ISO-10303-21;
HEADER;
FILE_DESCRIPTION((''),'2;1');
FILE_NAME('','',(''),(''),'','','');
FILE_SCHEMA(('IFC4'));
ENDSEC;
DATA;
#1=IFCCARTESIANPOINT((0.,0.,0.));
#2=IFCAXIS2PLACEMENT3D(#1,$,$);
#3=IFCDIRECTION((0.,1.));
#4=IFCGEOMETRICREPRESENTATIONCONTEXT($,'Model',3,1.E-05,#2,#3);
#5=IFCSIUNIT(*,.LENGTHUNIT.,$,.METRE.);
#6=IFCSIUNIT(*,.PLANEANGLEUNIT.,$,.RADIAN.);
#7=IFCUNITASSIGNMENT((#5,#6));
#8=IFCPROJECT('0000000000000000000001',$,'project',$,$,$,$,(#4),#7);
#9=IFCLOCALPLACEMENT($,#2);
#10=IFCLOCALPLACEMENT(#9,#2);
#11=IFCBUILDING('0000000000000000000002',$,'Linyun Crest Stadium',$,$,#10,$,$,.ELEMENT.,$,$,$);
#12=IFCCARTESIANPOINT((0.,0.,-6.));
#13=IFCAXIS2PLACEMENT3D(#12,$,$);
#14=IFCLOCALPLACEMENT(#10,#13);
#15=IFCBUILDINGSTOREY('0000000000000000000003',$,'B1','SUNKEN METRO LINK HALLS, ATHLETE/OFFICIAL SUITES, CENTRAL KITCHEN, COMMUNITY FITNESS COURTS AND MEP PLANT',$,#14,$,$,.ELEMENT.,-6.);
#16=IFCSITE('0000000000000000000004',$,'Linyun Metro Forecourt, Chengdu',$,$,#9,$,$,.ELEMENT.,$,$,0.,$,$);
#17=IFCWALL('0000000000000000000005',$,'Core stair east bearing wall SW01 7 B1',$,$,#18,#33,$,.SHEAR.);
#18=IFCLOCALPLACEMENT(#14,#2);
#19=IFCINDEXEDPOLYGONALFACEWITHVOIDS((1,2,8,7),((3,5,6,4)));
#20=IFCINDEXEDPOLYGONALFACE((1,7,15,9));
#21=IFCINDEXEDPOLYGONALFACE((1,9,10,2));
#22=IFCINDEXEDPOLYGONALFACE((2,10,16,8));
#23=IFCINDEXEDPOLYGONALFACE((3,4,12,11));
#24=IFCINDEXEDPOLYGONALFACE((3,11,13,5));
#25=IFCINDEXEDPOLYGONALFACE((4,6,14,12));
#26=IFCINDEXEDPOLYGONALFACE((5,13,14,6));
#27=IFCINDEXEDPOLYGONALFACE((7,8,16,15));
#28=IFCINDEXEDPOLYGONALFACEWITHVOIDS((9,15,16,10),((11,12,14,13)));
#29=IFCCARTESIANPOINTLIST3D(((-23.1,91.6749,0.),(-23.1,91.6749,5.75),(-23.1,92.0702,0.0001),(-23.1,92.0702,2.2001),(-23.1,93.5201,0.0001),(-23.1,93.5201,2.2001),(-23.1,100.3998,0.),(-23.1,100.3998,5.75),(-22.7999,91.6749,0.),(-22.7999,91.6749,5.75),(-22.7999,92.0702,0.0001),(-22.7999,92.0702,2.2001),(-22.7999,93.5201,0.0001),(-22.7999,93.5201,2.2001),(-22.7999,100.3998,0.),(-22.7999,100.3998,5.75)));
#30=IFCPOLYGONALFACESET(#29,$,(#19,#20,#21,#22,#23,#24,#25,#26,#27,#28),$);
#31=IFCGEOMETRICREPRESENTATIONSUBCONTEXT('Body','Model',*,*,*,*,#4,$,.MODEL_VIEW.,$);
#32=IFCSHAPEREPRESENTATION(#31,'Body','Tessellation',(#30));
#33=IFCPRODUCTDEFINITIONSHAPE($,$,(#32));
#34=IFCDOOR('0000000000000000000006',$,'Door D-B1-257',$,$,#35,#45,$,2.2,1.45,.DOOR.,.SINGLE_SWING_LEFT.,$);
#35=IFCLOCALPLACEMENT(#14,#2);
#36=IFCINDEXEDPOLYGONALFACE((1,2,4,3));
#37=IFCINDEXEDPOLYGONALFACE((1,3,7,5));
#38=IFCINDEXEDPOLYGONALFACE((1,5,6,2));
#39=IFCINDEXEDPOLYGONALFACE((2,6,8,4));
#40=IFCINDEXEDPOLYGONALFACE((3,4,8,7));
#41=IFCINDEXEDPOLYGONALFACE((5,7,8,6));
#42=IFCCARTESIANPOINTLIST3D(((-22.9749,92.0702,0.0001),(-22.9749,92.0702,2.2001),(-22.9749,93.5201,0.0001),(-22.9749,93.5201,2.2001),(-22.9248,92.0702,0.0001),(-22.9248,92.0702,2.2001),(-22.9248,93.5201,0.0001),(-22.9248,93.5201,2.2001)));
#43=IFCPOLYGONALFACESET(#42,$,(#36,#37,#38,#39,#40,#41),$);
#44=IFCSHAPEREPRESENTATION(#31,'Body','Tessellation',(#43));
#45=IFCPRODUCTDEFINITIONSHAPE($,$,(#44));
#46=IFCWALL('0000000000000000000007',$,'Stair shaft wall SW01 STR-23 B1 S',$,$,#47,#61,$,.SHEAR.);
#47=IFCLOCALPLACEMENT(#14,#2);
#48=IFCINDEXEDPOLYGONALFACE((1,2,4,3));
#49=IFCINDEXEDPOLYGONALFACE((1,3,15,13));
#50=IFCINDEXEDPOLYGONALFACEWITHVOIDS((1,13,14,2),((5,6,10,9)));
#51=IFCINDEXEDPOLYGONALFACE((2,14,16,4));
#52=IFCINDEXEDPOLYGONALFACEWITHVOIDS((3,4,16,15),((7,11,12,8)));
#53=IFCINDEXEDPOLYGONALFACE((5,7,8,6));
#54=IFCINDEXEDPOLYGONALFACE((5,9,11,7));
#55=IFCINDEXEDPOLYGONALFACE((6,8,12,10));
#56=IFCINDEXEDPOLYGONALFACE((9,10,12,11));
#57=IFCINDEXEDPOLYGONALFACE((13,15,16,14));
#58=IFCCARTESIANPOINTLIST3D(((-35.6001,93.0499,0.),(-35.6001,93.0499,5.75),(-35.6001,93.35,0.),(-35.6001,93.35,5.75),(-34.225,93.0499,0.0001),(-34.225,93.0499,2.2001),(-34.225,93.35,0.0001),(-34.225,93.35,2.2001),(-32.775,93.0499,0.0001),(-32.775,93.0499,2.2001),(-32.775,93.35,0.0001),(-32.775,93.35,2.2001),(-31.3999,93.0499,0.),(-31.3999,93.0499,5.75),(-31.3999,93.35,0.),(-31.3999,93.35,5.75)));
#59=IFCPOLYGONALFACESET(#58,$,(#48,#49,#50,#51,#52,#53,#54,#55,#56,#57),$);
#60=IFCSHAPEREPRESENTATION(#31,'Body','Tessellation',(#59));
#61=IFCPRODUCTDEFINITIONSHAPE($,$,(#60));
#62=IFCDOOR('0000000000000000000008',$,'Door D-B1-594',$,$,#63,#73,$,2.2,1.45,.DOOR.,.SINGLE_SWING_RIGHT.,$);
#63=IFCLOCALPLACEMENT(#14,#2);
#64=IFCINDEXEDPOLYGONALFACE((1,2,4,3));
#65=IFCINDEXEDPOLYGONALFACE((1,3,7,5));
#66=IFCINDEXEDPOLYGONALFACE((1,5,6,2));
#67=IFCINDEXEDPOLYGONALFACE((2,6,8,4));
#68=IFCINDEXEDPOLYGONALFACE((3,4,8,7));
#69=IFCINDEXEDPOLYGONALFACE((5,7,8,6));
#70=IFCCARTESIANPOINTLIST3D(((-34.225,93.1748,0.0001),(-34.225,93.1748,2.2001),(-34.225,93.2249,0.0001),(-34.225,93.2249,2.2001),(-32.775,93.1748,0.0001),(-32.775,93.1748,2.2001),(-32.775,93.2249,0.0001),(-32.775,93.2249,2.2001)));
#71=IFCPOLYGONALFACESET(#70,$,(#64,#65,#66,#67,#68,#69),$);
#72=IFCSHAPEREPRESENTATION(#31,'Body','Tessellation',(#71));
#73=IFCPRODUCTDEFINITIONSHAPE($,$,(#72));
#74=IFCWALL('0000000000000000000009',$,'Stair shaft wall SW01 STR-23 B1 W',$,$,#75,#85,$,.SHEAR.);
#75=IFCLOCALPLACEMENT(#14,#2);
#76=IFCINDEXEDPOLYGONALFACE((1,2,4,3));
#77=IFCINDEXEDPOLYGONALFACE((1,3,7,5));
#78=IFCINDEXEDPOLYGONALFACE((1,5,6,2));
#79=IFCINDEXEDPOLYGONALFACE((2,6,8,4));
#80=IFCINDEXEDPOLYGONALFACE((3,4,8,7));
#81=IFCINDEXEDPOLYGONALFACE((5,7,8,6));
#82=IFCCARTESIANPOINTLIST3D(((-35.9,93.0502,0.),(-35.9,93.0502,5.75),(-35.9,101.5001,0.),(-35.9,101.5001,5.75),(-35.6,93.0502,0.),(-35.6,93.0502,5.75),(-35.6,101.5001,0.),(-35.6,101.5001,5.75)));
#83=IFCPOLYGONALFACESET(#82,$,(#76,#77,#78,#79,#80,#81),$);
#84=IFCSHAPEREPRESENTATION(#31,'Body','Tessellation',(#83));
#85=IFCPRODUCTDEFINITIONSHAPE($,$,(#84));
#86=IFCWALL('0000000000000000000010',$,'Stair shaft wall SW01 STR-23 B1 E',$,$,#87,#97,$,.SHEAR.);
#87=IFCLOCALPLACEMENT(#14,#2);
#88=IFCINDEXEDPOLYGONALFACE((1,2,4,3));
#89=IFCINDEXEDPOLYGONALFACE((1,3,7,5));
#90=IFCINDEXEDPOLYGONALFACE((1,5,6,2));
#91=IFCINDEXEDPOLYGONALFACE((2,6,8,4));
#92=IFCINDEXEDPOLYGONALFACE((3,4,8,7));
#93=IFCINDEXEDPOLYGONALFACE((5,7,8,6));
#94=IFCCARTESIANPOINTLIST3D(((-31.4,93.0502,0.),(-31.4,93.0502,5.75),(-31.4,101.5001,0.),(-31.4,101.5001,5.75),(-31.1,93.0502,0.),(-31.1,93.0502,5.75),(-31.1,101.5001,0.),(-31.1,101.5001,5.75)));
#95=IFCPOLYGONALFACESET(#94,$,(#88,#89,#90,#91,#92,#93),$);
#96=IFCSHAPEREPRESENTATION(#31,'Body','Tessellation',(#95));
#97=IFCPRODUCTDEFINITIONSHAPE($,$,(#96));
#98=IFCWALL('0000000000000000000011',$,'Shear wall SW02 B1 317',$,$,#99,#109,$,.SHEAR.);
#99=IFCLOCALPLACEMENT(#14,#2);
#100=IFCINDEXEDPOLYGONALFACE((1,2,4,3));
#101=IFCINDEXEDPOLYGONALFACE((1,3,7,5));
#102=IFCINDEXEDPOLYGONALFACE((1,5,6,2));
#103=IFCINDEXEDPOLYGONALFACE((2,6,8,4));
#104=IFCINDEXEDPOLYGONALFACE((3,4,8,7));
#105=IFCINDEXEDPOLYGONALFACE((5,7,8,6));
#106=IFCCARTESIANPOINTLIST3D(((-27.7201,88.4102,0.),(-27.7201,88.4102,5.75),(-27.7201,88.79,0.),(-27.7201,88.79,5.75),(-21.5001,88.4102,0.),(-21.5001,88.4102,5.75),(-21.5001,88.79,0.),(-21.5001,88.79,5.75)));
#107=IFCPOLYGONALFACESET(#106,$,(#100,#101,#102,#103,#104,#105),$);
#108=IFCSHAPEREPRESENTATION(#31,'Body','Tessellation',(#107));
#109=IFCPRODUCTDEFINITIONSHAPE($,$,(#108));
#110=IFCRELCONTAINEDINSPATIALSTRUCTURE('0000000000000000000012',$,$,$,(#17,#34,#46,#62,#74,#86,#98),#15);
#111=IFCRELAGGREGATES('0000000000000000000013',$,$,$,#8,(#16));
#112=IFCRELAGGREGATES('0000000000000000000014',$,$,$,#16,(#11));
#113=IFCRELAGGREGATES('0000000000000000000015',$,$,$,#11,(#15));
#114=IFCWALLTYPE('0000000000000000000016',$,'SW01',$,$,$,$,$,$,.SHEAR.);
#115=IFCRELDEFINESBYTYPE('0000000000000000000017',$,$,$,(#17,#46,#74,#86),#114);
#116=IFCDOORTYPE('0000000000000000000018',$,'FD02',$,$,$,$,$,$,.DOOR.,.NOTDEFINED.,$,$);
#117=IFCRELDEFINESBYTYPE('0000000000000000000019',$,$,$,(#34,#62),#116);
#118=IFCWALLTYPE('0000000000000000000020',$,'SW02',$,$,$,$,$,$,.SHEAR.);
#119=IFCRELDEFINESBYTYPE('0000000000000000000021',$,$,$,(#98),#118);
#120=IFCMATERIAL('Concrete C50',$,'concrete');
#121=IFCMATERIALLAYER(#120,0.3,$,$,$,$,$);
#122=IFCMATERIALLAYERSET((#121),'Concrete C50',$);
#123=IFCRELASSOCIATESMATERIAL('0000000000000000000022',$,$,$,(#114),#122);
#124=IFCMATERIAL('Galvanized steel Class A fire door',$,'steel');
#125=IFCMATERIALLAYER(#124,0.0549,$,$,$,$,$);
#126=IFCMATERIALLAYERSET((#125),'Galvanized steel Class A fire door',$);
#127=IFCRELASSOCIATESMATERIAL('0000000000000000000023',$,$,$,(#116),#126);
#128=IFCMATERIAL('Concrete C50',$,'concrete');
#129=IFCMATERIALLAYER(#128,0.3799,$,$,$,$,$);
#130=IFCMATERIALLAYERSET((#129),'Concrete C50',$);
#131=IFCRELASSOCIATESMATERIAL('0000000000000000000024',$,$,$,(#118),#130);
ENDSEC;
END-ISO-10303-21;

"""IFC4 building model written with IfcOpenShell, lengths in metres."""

from ifc_helpers import new_model, si_unit, direction, frame, frame_2d, origin, place, context, subcontext, project, spatial, rectangle, extrude, material, layer, layer_set, type_object, element, fill, save


model = new_model("IFC4")

# Units and contexts
model_context = context("Model", 3, precision=1e-05, world=origin(), true_north=direction((0.0, 1.0)))
body_context = subcontext(model_context, "Body", "Model", "MODEL_VIEW")
ifc_project = project(units=[si_unit("LENGTHUNIT", "METRE"), si_unit("PLANEANGLEUNIT", "RADIAN")], contexts=[model_context])

# Site, building, storey
site_placement = place(None, origin())
site = spatial("IfcSite", under=ifc_project, at=site_placement, Name="Linyun Metro Forecourt, Chengdu", CompositionType="ELEMENT", RefElevation=0.0)
building_placement = place(site_placement, origin())
building = spatial("IfcBuilding", under=site, at=building_placement, Name="Linyun Crest Stadium", CompositionType="ELEMENT")
storey_placement = place(building_placement, frame((0.0, 0.0, -6.0)))
storey = spatial("IfcBuildingStorey", under=building, at=storey_placement, Name="B1", Description="SUNKEN METRO LINK HALLS, ATHLETE/OFFICIAL SUITES, CENTRAL KITCHEN, COMMUNITY FITNESS COURTS AND MEP PLANT", CompositionType="ELEMENT", Elevation=-6.0)

# Walls, openings, doors
ifc_material_1 = material(Name="Concrete C50", Category="concrete")
ifc_layer_1 = layer(ifc_material_1, 0.3)
ifc_layer_set_1 = layer_set([ifc_layer_1], Name="Concrete C50")
wall_type_1 = type_object("IfcWallType", Name="SW01", PredefinedType="SHEAR", material=ifc_layer_set_1)
wall_1_placement = place(storey_placement, frame((-22.95, 91.675, 0.0), z_axis=(0.0, 0.0, 1.0), x_axis=(0.0, 1.0, 0.0)))
wall_1 = element("IfcWall", 1, at=wall_1_placement, inside=storey, type_object=wall_type_1, Name="Core stair east bearing wall SW01 7 B1", PredefinedType="SHEAR", context=body_context, shape_type="SweptSolid", body=[
    extrude(rectangle(XDim=8.7249, YDim=0.3, at=frame_2d((4.3623, 0.0))), origin(), (0.0, 0.0, 1.0), 5.75),
])
opening_1_placement = place(wall_1_placement, frame((0.395, 0.0, 0.0)))
opening_1 = element("IfcOpeningElement", 2, at=opening_1_placement, cuts=wall_1, PredefinedType="OPENING", context=body_context, shape_type="SweptSolid", body=[
    extrude(rectangle(XDim=1.45, YDim=2.2, at=frame_2d((0.7251, 1.1001))), frame((0.0, 0.1599, 0.0), z_axis=(0.0, -1.0, 0.0), x_axis=(1.0, 0.0, 0.0)), (0.0, 0.0, 1.0), 0.3201),
])
ifc_material_2 = material(Name="Galvanized steel Class A fire door", Category="steel")
ifc_layer_2 = layer(ifc_material_2, 0.0549)
ifc_layer_set_2 = layer_set([ifc_layer_2], Name="Galvanized steel Class A fire door")
door_type_1 = type_object("IfcDoorType", Name="FD02", OperationType="NOTDEFINED", PredefinedType="DOOR", material=ifc_layer_set_2)
door_1_placement = place(opening_1_placement, origin())
door_1 = element("IfcDoor", 3, at=door_1_placement, inside=storey, type_object=door_type_1, Name="Door D-B1-257", OperationType="SINGLE_SWING_LEFT", OverallHeight=2.2, OverallWidth=1.45, PredefinedType="DOOR", context=body_context, shape_type="SweptSolid", body=[
    extrude(rectangle(XDim=1.45, YDim=2.2, at=frame_2d((0.7251, 1.1001))), frame((0.0, 0.0249, 0.0), z_axis=(0.0, -1.0, 0.0), x_axis=(1.0, 0.0, 0.0)), (0.0, 0.0, 1.0), 0.05),
])
fill(opening_1, door_1)
wall_2_placement = place(storey_placement, frame((-35.6001, 93.2, 0.0), z_axis=(0.0, 0.0, 1.0), x_axis=(1.0, 0.0, 0.0)))
wall_2 = element("IfcWall", 4, at=wall_2_placement, inside=storey, type_object=wall_type_1, Name="Stair shaft wall SW01 STR-23 B1 S", PredefinedType="SHEAR", context=body_context, shape_type="SweptSolid", body=[
    extrude(rectangle(XDim=4.2002, YDim=0.3, at=frame_2d((2.1001, 0.0))), origin(), (0.0, 0.0, 1.0), 5.75),
])
opening_2_placement = place(wall_2_placement, frame((1.375, 0.0, 0.0)))
opening_2 = element("IfcOpeningElement", 5, at=opening_2_placement, cuts=wall_2, PredefinedType="OPENING", context=body_context, shape_type="SweptSolid", body=[
    extrude(rectangle(XDim=1.45, YDim=2.2, at=frame_2d((0.7251, 1.1001))), frame((0.0, 0.1599, 0.0), z_axis=(0.0, -1.0, 0.0), x_axis=(1.0, 0.0, 0.0)), (0.0, 0.0, 1.0), 0.3201),
])
door_2_placement = place(opening_2_placement, origin())
door_2 = element("IfcDoor", 6, at=door_2_placement, inside=storey, type_object=door_type_1, Name="Door D-B1-594", OperationType="SINGLE_SWING_RIGHT", OverallHeight=2.2, OverallWidth=1.45, PredefinedType="DOOR", context=body_context, shape_type="SweptSolid", body=[
    extrude(rectangle(XDim=1.45, YDim=2.2, at=frame_2d((0.7251, 1.1001))), frame((0.0, 0.0249, 0.0), z_axis=(0.0, -1.0, 0.0), x_axis=(1.0, 0.0, 0.0)), (0.0, 0.0, 1.0), 0.05),
])
fill(opening_2, door_2)

# Walls
for number, where, z_axis, x_axis, name in (
    (7, (-35.75, 93.05, 0.0), (0.0, 0.0, 1.0), (0.0, 1.0, 0.0), "Stair shaft wall SW01 STR-23 B1 W"),
    (8, (-31.25, 93.05, 0.0), (0.0, 0.0, 1.0), (0.0, 1.0, 0.0), "Stair shaft wall SW01 STR-23 B1 E"),
):
    element("IfcWall", number, at=place(storey_placement, frame(where, z_axis=z_axis, x_axis=x_axis)), inside=storey, type_object=wall_type_1, Name=name, PredefinedType="SHEAR", context=body_context, shape_type="SweptSolid", body=[
        extrude(rectangle(XDim=8.45, YDim=0.3, at=frame_2d((4.2251, 0.0))), origin(), (0.0, 0.0, 1.0), 5.75),
    ])
ifc_material_3 = material(Name="Concrete C50", Category="concrete")
ifc_layer_3 = layer(ifc_material_3, 0.3799)
ifc_layer_set_3 = layer_set([ifc_layer_3], Name="Concrete C50")
wall_type_2 = type_object("IfcWallType", Name="SW02", PredefinedType="SHEAR", material=ifc_layer_set_3)
wall_3_placement = place(storey_placement, frame((-27.72, 88.6001, 0.0), z_axis=(0.0, 0.0, 1.0), x_axis=(1.0, 0.0, 0.0)))
element("IfcWall", 9, at=wall_3_placement, inside=storey, type_object=wall_type_2, Name="Shear wall SW02 B1 317", PredefinedType="SHEAR", context=body_context, shape_type="SweptSolid", body=[
    extrude(rectangle(XDim=6.22, YDim=0.3799, at=frame_2d((3.1099, 0.0))), origin(), (0.0, 0.0, 1.0), 5.75),
])

save(model, "model.ifc")
